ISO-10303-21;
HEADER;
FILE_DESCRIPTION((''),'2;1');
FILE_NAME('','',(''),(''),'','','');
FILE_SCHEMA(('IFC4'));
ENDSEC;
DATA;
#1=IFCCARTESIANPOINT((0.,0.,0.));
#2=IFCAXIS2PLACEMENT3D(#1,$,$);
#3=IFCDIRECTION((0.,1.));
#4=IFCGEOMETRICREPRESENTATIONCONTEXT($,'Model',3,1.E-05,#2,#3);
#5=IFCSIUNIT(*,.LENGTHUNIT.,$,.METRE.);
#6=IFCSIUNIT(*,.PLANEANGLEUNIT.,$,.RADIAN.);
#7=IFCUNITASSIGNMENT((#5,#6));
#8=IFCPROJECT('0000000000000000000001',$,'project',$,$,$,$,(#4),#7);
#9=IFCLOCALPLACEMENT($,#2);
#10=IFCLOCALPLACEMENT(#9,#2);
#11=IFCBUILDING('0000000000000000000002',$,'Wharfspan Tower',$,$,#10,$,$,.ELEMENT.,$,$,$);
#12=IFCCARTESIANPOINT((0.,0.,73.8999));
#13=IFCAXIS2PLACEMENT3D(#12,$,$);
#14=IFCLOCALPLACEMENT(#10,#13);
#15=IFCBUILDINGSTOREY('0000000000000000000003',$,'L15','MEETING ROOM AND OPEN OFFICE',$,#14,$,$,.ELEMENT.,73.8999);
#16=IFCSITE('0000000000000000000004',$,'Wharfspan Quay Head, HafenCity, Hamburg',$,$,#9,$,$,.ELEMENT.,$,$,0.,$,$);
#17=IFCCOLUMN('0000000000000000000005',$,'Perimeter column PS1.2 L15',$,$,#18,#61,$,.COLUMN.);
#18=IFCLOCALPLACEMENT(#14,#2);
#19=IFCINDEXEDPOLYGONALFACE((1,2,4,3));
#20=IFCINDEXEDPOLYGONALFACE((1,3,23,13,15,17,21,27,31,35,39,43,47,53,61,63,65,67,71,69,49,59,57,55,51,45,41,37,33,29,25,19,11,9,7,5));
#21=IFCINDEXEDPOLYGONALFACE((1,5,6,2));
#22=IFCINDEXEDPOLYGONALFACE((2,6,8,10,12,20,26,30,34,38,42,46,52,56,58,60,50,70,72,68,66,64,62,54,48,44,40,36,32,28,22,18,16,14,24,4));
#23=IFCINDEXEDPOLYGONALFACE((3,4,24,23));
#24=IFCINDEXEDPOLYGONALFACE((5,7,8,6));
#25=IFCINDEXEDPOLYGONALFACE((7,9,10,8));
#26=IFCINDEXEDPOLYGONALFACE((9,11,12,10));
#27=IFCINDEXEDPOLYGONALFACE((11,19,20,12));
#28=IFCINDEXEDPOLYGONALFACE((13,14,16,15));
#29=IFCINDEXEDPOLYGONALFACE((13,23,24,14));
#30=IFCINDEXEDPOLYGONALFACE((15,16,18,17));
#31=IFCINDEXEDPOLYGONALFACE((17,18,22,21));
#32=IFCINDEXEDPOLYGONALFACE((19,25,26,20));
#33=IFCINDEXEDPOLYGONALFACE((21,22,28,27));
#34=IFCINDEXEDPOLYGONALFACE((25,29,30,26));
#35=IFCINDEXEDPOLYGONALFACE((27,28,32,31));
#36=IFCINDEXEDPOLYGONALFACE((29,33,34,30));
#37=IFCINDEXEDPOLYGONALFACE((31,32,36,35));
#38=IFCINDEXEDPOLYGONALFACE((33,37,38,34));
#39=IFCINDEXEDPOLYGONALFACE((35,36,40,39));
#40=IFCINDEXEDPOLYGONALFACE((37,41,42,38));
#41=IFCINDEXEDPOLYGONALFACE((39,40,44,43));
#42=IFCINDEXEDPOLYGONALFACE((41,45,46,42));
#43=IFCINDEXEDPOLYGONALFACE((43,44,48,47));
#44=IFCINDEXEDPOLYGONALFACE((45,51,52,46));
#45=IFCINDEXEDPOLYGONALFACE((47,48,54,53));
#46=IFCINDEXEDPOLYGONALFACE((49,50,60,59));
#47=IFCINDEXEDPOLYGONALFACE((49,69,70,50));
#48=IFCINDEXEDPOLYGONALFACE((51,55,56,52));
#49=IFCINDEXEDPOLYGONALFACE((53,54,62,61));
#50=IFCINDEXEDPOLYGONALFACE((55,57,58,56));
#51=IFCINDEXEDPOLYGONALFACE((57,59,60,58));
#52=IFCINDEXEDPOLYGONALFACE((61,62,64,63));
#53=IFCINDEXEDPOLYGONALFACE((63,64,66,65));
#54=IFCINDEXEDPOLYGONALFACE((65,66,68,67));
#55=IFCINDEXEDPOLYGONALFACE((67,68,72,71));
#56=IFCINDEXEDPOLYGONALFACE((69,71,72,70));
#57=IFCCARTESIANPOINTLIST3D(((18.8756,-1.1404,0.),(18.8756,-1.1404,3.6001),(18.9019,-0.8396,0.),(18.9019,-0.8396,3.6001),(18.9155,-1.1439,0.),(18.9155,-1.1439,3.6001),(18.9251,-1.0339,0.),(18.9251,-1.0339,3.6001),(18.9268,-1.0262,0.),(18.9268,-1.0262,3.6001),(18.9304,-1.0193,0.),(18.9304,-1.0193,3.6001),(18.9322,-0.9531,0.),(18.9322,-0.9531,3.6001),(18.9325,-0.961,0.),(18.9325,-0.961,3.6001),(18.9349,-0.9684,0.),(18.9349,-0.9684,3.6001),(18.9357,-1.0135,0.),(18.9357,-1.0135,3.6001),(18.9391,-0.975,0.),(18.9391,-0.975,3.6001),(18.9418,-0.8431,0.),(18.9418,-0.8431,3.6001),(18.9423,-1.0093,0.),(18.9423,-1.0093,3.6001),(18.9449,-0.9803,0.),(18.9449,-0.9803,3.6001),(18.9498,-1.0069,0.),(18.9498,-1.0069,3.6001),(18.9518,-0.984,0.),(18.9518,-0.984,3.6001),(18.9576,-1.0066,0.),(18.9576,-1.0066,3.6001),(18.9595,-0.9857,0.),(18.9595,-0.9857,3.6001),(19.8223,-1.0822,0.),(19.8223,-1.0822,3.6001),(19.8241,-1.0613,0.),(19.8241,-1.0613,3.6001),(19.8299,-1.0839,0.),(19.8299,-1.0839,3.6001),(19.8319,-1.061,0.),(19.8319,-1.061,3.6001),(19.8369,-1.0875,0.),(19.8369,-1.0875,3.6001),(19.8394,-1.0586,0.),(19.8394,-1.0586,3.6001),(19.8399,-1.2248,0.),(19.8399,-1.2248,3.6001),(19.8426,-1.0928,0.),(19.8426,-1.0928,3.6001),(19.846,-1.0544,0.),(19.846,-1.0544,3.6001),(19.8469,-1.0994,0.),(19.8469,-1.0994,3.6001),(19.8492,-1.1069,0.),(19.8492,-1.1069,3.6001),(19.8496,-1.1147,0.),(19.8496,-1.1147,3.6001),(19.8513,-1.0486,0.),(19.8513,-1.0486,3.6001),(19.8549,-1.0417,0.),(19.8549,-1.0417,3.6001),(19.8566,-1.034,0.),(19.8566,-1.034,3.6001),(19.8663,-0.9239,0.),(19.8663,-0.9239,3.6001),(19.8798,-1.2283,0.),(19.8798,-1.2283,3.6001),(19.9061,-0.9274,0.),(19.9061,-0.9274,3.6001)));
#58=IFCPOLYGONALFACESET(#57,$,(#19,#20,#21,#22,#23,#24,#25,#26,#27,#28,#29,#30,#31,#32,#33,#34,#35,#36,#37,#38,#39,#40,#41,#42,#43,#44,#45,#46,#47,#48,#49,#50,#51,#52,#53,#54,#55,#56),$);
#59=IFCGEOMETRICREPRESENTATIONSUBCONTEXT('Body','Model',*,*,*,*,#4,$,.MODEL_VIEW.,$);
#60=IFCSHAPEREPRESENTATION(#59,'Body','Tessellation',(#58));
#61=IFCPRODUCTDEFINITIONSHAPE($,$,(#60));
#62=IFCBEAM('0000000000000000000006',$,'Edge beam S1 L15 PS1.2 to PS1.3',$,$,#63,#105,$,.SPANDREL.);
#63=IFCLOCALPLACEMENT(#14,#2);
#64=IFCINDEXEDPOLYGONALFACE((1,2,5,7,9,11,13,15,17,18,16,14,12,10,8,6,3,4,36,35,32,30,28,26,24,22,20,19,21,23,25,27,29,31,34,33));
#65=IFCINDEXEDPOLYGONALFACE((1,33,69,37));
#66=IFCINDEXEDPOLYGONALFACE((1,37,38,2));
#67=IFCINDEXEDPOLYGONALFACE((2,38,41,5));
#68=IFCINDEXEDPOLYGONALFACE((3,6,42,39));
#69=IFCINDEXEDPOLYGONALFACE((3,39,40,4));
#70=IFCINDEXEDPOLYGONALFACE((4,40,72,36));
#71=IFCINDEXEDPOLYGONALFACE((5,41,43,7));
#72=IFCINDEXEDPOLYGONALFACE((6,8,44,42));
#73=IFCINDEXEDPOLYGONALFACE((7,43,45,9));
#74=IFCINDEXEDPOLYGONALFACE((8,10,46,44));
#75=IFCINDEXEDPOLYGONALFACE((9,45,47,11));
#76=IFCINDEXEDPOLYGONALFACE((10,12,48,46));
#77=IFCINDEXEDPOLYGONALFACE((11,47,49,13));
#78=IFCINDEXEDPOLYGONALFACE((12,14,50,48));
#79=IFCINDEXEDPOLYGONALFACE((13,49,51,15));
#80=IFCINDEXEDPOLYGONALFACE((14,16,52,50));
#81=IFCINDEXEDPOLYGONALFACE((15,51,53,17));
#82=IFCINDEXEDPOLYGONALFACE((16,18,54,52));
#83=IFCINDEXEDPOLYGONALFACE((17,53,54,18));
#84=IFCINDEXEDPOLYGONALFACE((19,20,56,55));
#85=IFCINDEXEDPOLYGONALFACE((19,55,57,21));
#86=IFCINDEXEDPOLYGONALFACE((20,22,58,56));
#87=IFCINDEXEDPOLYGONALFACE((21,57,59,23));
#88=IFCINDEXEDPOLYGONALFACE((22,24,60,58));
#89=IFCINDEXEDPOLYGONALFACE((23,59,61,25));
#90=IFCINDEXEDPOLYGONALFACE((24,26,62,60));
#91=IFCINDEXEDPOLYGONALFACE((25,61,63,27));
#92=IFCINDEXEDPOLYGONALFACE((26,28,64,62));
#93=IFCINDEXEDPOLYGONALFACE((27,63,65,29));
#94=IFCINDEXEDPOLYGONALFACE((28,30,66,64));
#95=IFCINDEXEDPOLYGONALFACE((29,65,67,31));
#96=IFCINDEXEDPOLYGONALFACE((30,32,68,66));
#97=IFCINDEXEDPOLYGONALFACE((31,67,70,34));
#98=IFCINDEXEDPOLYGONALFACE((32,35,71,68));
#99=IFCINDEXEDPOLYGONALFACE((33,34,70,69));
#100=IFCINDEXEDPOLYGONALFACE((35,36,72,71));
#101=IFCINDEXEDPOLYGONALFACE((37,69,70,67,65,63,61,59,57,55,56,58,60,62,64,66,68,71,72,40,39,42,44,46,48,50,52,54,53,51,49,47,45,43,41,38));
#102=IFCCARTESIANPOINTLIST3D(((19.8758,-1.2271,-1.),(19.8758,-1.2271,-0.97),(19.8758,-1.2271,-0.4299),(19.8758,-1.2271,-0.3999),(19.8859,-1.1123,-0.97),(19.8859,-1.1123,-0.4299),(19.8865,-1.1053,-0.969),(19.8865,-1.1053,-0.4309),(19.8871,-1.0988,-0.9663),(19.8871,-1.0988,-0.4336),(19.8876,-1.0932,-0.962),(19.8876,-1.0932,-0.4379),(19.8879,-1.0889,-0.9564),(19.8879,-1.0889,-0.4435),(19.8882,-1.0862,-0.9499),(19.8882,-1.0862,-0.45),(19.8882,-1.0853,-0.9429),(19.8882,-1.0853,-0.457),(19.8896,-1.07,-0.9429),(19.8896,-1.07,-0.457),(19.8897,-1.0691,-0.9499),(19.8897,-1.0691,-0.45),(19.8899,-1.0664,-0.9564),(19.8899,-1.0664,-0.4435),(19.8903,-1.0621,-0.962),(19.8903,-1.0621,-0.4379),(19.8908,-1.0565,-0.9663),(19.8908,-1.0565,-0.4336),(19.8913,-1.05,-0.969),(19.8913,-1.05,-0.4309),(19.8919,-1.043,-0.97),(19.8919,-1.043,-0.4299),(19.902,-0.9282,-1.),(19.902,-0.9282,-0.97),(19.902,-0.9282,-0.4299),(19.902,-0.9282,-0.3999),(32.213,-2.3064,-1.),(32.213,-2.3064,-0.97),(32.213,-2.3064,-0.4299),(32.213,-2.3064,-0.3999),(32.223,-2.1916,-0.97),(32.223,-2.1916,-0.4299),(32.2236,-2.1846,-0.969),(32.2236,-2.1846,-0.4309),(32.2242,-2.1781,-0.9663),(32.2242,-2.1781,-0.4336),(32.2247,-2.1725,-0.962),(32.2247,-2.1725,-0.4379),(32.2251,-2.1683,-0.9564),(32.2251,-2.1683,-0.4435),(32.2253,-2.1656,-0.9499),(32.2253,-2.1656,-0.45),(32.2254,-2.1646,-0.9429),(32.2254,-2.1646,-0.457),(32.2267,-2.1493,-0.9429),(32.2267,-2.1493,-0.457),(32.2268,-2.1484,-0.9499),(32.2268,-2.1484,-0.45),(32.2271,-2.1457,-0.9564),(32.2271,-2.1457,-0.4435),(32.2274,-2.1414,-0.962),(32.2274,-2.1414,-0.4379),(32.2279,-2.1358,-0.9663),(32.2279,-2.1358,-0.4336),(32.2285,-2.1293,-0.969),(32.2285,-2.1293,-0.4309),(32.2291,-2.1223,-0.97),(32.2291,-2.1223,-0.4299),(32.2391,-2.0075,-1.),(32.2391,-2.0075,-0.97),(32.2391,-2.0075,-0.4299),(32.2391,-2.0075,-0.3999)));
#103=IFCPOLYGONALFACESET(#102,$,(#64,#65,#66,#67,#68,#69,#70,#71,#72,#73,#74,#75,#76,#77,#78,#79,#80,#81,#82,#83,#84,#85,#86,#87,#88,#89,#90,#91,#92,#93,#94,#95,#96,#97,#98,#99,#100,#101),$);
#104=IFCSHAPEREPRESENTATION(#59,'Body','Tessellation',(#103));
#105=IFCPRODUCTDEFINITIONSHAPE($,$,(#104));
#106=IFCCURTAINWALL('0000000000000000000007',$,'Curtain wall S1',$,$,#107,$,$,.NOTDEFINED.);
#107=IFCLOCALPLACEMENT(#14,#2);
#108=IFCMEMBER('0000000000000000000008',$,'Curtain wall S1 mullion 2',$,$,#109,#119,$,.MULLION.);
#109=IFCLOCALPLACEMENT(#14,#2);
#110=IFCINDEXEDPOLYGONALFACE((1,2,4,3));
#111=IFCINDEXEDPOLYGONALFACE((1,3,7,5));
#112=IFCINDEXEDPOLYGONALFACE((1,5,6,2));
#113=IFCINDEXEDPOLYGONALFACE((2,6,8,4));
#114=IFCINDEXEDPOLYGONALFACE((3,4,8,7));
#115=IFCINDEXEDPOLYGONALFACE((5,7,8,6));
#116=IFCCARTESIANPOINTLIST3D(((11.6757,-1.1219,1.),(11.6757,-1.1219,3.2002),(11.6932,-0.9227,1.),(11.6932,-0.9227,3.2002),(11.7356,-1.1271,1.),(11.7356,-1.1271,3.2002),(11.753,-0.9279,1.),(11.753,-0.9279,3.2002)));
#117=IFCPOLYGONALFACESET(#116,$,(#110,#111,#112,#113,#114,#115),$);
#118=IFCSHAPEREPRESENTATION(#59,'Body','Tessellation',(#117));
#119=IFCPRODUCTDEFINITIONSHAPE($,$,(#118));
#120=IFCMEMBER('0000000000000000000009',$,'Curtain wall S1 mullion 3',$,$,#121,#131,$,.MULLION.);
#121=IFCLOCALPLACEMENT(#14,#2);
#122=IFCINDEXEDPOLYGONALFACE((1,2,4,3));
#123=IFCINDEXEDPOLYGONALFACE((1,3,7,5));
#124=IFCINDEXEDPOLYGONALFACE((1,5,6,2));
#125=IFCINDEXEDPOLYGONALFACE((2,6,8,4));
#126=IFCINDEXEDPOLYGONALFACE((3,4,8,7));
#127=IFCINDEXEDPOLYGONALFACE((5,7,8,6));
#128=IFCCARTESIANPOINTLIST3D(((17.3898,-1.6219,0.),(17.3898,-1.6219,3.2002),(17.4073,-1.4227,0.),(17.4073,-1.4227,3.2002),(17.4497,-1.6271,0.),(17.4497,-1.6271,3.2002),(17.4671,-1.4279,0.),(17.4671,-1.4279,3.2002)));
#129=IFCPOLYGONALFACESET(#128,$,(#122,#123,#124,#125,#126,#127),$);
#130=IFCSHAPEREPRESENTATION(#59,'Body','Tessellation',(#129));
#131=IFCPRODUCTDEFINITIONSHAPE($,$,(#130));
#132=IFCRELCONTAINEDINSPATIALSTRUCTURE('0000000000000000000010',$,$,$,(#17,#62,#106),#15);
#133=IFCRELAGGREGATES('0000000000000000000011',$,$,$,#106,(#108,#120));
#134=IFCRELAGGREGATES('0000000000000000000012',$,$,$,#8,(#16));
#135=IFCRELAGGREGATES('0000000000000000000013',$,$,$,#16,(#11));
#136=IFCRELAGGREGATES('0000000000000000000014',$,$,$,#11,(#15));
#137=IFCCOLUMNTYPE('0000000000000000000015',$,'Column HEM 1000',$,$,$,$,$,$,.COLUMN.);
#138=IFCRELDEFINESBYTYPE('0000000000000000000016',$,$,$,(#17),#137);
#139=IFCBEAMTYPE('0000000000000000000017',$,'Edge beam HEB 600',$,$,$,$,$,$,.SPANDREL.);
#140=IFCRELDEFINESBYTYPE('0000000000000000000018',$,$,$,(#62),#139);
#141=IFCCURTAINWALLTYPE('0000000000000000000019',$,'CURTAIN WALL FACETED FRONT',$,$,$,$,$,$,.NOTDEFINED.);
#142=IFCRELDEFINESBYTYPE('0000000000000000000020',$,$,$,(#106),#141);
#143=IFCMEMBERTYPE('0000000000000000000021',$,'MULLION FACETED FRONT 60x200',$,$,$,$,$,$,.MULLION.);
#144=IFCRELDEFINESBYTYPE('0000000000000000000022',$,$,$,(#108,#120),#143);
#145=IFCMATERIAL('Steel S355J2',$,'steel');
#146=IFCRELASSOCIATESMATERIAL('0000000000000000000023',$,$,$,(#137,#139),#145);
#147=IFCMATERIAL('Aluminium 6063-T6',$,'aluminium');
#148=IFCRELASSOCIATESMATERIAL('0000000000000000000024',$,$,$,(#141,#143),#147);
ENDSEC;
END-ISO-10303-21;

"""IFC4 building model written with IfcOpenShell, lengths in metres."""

from ifc_helpers import new_model, si_unit, direction, frame, origin, origin_2d, place, context, subcontext, project, spatial, rectangle, i_section, extrude, material, material_profile, profile_set, type_object, element, aggregate, save


model = new_model("IFC4")

# Units and contexts
model_context = context("Model", 3, precision=1e-05, world=origin(), true_north=direction((0.0, 1.0)))
body_context = subcontext(model_context, "Body", "Model", "MODEL_VIEW")
ifc_project = project(units=[si_unit("LENGTHUNIT", "METRE"), si_unit("PLANEANGLEUNIT", "RADIAN")], contexts=[model_context])

# Site, building, storey
site_placement = place(None, origin())
site = spatial("IfcSite", under=ifc_project, at=site_placement, Name="Wharfspan Quay Head, HafenCity, Hamburg", CompositionType="ELEMENT", RefElevation=0.0)
building_placement = place(site_placement, origin())
building = spatial("IfcBuilding", under=site, at=building_placement, Name="Wharfspan Tower", CompositionType="ELEMENT")
storey_placement = place(building_placement, frame((0.0, 0.0, 73.8999)))
storey = spatial("IfcBuildingStorey", under=building, at=storey_placement, Name="L15", Description="MEETING ROOM AND OPEN OFFICE", CompositionType="ELEMENT", Elevation=73.8999)

# Column
ifc_material_1 = material(Name="Steel S355J2", Category="steel")
ifc_material_profile_1 = material_profile(ifc_material_1, i_section(OverallWidth=0.302, OverallDepth=1.0081, WebThickness=0.021, FlangeThickness=0.04, FilletRadius=0.03, at=origin_2d()))
ifc_profile_set_1 = profile_set([ifc_material_profile_1], Name="Steel S355J2")
column_type = type_object("IfcColumnType", Name="Column HEM 1000", PredefinedType="COLUMN", material=ifc_profile_set_1)
column_placement = place(storey_placement, frame((19.3909, -1.0339, 0.0), z_axis=(0.0, 0.0, 1.0), x_axis=(-0.087156, -0.996198, 0.0)))
element("IfcColumn", 1, at=column_placement, inside=storey, type_object=column_type, Name="Perimeter column PS1.2 L15", PredefinedType="COLUMN", context=body_context, shape_type="SweptSolid", body=[
    extrude(i_section(OverallWidth=0.302, OverallDepth=1.0081, WebThickness=0.021, FlangeThickness=0.04, FilletRadius=0.03, at=origin_2d()), origin(), (0.0, 0.0, 1.0), 3.6001),
])

# Beam
ifc_material_profile_2 = material_profile(ifc_material_1, i_section(OverallWidth=0.3, OverallDepth=0.6001, WebThickness=0.0154, FlangeThickness=0.03, FilletRadius=0.0271, at=origin_2d()))
ifc_profile_set_2 = profile_set([ifc_material_profile_2], Name="Steel S355J2")
beam_type = type_object("IfcBeamType", Name="Edge beam HEB 600", PredefinedType="SPANDREL", material=ifc_profile_set_2)
beam_placement = place(storey_placement, frame((19.8889, -1.0776, -0.7), z_axis=(0.996195, -0.087154, 0.0), x_axis=(0.087154, 0.996195, 0.0)))
element("IfcBeam", 2, at=beam_placement, inside=storey, type_object=beam_type, Name="Edge beam S1 L15 PS1.2 to PS1.3", PredefinedType="SPANDREL", context=body_context, shape_type="SweptSolid", body=[
    extrude(i_section(OverallWidth=0.3, OverallDepth=0.6001, WebThickness=0.0154, FlangeThickness=0.03, FilletRadius=0.0271, at=origin_2d()), origin(), (0.0, 0.0, 1.0), 12.3843),
])

# Curtain wall, members
ifc_material_2 = material(Name="Aluminium 6063-T6", Category="aluminium")
curtain_wall_type = type_object("IfcCurtainWallType", Name="CURTAIN WALL FACETED FRONT", PredefinedType="NOTDEFINED", material=ifc_material_2)
curtain_wall_placement = place(storey_placement, origin())
curtain_wall = element("IfcCurtainWall", 3, at=curtain_wall_placement, inside=storey, type_object=curtain_wall_type, Name="Curtain wall S1", PredefinedType="NOTDEFINED")
ifc_material_profile_3 = material_profile(ifc_material_2, rectangle(XDim=0.2, YDim=0.0601, at=origin_2d()))
ifc_profile_set_3 = profile_set([ifc_material_profile_3], Name="Aluminium 6063-T6")
member_type_1 = type_object("IfcMemberType", Name="MULLION FACETED FRONT 60x200", PredefinedType="MULLION", material=ifc_profile_set_3)
member_1_placement = place(storey_placement, frame((11.7144, -1.0249, 1.0), z_axis=(0.0, 0.0, 1.0), x_axis=(0.087156, 0.996197, 0.0)))
member_1 = element("IfcMember", 4, at=member_1_placement, type_object=member_type_1, Name="Curtain wall S1 mullion 2", PredefinedType="MULLION", context=body_context, shape_type="SweptSolid", body=[
    extrude(rectangle(XDim=0.2, YDim=0.0601, at=origin_2d()), origin(), (0.0, 0.0, 1.0), 2.2002),
])
member_2_placement = place(storey_placement, frame((17.4285, -1.5249, 0.0), z_axis=(0.0, 0.0, 1.0), x_axis=(0.087156, 0.996197, 0.0)))
member_2 = element("IfcMember", 5, at=member_2_placement, type_object=member_type_1, Name="Curtain wall S1 mullion 3", PredefinedType="MULLION", context=body_context, shape_type="SweptSolid", body=[
    extrude(rectangle(XDim=0.2, YDim=0.0601, at=origin_2d()), origin(), (0.0, 0.0, 1.0), 3.2002),
])

aggregate(curtain_wall, [member_1, member_2])

save(model, "model.ifc")
